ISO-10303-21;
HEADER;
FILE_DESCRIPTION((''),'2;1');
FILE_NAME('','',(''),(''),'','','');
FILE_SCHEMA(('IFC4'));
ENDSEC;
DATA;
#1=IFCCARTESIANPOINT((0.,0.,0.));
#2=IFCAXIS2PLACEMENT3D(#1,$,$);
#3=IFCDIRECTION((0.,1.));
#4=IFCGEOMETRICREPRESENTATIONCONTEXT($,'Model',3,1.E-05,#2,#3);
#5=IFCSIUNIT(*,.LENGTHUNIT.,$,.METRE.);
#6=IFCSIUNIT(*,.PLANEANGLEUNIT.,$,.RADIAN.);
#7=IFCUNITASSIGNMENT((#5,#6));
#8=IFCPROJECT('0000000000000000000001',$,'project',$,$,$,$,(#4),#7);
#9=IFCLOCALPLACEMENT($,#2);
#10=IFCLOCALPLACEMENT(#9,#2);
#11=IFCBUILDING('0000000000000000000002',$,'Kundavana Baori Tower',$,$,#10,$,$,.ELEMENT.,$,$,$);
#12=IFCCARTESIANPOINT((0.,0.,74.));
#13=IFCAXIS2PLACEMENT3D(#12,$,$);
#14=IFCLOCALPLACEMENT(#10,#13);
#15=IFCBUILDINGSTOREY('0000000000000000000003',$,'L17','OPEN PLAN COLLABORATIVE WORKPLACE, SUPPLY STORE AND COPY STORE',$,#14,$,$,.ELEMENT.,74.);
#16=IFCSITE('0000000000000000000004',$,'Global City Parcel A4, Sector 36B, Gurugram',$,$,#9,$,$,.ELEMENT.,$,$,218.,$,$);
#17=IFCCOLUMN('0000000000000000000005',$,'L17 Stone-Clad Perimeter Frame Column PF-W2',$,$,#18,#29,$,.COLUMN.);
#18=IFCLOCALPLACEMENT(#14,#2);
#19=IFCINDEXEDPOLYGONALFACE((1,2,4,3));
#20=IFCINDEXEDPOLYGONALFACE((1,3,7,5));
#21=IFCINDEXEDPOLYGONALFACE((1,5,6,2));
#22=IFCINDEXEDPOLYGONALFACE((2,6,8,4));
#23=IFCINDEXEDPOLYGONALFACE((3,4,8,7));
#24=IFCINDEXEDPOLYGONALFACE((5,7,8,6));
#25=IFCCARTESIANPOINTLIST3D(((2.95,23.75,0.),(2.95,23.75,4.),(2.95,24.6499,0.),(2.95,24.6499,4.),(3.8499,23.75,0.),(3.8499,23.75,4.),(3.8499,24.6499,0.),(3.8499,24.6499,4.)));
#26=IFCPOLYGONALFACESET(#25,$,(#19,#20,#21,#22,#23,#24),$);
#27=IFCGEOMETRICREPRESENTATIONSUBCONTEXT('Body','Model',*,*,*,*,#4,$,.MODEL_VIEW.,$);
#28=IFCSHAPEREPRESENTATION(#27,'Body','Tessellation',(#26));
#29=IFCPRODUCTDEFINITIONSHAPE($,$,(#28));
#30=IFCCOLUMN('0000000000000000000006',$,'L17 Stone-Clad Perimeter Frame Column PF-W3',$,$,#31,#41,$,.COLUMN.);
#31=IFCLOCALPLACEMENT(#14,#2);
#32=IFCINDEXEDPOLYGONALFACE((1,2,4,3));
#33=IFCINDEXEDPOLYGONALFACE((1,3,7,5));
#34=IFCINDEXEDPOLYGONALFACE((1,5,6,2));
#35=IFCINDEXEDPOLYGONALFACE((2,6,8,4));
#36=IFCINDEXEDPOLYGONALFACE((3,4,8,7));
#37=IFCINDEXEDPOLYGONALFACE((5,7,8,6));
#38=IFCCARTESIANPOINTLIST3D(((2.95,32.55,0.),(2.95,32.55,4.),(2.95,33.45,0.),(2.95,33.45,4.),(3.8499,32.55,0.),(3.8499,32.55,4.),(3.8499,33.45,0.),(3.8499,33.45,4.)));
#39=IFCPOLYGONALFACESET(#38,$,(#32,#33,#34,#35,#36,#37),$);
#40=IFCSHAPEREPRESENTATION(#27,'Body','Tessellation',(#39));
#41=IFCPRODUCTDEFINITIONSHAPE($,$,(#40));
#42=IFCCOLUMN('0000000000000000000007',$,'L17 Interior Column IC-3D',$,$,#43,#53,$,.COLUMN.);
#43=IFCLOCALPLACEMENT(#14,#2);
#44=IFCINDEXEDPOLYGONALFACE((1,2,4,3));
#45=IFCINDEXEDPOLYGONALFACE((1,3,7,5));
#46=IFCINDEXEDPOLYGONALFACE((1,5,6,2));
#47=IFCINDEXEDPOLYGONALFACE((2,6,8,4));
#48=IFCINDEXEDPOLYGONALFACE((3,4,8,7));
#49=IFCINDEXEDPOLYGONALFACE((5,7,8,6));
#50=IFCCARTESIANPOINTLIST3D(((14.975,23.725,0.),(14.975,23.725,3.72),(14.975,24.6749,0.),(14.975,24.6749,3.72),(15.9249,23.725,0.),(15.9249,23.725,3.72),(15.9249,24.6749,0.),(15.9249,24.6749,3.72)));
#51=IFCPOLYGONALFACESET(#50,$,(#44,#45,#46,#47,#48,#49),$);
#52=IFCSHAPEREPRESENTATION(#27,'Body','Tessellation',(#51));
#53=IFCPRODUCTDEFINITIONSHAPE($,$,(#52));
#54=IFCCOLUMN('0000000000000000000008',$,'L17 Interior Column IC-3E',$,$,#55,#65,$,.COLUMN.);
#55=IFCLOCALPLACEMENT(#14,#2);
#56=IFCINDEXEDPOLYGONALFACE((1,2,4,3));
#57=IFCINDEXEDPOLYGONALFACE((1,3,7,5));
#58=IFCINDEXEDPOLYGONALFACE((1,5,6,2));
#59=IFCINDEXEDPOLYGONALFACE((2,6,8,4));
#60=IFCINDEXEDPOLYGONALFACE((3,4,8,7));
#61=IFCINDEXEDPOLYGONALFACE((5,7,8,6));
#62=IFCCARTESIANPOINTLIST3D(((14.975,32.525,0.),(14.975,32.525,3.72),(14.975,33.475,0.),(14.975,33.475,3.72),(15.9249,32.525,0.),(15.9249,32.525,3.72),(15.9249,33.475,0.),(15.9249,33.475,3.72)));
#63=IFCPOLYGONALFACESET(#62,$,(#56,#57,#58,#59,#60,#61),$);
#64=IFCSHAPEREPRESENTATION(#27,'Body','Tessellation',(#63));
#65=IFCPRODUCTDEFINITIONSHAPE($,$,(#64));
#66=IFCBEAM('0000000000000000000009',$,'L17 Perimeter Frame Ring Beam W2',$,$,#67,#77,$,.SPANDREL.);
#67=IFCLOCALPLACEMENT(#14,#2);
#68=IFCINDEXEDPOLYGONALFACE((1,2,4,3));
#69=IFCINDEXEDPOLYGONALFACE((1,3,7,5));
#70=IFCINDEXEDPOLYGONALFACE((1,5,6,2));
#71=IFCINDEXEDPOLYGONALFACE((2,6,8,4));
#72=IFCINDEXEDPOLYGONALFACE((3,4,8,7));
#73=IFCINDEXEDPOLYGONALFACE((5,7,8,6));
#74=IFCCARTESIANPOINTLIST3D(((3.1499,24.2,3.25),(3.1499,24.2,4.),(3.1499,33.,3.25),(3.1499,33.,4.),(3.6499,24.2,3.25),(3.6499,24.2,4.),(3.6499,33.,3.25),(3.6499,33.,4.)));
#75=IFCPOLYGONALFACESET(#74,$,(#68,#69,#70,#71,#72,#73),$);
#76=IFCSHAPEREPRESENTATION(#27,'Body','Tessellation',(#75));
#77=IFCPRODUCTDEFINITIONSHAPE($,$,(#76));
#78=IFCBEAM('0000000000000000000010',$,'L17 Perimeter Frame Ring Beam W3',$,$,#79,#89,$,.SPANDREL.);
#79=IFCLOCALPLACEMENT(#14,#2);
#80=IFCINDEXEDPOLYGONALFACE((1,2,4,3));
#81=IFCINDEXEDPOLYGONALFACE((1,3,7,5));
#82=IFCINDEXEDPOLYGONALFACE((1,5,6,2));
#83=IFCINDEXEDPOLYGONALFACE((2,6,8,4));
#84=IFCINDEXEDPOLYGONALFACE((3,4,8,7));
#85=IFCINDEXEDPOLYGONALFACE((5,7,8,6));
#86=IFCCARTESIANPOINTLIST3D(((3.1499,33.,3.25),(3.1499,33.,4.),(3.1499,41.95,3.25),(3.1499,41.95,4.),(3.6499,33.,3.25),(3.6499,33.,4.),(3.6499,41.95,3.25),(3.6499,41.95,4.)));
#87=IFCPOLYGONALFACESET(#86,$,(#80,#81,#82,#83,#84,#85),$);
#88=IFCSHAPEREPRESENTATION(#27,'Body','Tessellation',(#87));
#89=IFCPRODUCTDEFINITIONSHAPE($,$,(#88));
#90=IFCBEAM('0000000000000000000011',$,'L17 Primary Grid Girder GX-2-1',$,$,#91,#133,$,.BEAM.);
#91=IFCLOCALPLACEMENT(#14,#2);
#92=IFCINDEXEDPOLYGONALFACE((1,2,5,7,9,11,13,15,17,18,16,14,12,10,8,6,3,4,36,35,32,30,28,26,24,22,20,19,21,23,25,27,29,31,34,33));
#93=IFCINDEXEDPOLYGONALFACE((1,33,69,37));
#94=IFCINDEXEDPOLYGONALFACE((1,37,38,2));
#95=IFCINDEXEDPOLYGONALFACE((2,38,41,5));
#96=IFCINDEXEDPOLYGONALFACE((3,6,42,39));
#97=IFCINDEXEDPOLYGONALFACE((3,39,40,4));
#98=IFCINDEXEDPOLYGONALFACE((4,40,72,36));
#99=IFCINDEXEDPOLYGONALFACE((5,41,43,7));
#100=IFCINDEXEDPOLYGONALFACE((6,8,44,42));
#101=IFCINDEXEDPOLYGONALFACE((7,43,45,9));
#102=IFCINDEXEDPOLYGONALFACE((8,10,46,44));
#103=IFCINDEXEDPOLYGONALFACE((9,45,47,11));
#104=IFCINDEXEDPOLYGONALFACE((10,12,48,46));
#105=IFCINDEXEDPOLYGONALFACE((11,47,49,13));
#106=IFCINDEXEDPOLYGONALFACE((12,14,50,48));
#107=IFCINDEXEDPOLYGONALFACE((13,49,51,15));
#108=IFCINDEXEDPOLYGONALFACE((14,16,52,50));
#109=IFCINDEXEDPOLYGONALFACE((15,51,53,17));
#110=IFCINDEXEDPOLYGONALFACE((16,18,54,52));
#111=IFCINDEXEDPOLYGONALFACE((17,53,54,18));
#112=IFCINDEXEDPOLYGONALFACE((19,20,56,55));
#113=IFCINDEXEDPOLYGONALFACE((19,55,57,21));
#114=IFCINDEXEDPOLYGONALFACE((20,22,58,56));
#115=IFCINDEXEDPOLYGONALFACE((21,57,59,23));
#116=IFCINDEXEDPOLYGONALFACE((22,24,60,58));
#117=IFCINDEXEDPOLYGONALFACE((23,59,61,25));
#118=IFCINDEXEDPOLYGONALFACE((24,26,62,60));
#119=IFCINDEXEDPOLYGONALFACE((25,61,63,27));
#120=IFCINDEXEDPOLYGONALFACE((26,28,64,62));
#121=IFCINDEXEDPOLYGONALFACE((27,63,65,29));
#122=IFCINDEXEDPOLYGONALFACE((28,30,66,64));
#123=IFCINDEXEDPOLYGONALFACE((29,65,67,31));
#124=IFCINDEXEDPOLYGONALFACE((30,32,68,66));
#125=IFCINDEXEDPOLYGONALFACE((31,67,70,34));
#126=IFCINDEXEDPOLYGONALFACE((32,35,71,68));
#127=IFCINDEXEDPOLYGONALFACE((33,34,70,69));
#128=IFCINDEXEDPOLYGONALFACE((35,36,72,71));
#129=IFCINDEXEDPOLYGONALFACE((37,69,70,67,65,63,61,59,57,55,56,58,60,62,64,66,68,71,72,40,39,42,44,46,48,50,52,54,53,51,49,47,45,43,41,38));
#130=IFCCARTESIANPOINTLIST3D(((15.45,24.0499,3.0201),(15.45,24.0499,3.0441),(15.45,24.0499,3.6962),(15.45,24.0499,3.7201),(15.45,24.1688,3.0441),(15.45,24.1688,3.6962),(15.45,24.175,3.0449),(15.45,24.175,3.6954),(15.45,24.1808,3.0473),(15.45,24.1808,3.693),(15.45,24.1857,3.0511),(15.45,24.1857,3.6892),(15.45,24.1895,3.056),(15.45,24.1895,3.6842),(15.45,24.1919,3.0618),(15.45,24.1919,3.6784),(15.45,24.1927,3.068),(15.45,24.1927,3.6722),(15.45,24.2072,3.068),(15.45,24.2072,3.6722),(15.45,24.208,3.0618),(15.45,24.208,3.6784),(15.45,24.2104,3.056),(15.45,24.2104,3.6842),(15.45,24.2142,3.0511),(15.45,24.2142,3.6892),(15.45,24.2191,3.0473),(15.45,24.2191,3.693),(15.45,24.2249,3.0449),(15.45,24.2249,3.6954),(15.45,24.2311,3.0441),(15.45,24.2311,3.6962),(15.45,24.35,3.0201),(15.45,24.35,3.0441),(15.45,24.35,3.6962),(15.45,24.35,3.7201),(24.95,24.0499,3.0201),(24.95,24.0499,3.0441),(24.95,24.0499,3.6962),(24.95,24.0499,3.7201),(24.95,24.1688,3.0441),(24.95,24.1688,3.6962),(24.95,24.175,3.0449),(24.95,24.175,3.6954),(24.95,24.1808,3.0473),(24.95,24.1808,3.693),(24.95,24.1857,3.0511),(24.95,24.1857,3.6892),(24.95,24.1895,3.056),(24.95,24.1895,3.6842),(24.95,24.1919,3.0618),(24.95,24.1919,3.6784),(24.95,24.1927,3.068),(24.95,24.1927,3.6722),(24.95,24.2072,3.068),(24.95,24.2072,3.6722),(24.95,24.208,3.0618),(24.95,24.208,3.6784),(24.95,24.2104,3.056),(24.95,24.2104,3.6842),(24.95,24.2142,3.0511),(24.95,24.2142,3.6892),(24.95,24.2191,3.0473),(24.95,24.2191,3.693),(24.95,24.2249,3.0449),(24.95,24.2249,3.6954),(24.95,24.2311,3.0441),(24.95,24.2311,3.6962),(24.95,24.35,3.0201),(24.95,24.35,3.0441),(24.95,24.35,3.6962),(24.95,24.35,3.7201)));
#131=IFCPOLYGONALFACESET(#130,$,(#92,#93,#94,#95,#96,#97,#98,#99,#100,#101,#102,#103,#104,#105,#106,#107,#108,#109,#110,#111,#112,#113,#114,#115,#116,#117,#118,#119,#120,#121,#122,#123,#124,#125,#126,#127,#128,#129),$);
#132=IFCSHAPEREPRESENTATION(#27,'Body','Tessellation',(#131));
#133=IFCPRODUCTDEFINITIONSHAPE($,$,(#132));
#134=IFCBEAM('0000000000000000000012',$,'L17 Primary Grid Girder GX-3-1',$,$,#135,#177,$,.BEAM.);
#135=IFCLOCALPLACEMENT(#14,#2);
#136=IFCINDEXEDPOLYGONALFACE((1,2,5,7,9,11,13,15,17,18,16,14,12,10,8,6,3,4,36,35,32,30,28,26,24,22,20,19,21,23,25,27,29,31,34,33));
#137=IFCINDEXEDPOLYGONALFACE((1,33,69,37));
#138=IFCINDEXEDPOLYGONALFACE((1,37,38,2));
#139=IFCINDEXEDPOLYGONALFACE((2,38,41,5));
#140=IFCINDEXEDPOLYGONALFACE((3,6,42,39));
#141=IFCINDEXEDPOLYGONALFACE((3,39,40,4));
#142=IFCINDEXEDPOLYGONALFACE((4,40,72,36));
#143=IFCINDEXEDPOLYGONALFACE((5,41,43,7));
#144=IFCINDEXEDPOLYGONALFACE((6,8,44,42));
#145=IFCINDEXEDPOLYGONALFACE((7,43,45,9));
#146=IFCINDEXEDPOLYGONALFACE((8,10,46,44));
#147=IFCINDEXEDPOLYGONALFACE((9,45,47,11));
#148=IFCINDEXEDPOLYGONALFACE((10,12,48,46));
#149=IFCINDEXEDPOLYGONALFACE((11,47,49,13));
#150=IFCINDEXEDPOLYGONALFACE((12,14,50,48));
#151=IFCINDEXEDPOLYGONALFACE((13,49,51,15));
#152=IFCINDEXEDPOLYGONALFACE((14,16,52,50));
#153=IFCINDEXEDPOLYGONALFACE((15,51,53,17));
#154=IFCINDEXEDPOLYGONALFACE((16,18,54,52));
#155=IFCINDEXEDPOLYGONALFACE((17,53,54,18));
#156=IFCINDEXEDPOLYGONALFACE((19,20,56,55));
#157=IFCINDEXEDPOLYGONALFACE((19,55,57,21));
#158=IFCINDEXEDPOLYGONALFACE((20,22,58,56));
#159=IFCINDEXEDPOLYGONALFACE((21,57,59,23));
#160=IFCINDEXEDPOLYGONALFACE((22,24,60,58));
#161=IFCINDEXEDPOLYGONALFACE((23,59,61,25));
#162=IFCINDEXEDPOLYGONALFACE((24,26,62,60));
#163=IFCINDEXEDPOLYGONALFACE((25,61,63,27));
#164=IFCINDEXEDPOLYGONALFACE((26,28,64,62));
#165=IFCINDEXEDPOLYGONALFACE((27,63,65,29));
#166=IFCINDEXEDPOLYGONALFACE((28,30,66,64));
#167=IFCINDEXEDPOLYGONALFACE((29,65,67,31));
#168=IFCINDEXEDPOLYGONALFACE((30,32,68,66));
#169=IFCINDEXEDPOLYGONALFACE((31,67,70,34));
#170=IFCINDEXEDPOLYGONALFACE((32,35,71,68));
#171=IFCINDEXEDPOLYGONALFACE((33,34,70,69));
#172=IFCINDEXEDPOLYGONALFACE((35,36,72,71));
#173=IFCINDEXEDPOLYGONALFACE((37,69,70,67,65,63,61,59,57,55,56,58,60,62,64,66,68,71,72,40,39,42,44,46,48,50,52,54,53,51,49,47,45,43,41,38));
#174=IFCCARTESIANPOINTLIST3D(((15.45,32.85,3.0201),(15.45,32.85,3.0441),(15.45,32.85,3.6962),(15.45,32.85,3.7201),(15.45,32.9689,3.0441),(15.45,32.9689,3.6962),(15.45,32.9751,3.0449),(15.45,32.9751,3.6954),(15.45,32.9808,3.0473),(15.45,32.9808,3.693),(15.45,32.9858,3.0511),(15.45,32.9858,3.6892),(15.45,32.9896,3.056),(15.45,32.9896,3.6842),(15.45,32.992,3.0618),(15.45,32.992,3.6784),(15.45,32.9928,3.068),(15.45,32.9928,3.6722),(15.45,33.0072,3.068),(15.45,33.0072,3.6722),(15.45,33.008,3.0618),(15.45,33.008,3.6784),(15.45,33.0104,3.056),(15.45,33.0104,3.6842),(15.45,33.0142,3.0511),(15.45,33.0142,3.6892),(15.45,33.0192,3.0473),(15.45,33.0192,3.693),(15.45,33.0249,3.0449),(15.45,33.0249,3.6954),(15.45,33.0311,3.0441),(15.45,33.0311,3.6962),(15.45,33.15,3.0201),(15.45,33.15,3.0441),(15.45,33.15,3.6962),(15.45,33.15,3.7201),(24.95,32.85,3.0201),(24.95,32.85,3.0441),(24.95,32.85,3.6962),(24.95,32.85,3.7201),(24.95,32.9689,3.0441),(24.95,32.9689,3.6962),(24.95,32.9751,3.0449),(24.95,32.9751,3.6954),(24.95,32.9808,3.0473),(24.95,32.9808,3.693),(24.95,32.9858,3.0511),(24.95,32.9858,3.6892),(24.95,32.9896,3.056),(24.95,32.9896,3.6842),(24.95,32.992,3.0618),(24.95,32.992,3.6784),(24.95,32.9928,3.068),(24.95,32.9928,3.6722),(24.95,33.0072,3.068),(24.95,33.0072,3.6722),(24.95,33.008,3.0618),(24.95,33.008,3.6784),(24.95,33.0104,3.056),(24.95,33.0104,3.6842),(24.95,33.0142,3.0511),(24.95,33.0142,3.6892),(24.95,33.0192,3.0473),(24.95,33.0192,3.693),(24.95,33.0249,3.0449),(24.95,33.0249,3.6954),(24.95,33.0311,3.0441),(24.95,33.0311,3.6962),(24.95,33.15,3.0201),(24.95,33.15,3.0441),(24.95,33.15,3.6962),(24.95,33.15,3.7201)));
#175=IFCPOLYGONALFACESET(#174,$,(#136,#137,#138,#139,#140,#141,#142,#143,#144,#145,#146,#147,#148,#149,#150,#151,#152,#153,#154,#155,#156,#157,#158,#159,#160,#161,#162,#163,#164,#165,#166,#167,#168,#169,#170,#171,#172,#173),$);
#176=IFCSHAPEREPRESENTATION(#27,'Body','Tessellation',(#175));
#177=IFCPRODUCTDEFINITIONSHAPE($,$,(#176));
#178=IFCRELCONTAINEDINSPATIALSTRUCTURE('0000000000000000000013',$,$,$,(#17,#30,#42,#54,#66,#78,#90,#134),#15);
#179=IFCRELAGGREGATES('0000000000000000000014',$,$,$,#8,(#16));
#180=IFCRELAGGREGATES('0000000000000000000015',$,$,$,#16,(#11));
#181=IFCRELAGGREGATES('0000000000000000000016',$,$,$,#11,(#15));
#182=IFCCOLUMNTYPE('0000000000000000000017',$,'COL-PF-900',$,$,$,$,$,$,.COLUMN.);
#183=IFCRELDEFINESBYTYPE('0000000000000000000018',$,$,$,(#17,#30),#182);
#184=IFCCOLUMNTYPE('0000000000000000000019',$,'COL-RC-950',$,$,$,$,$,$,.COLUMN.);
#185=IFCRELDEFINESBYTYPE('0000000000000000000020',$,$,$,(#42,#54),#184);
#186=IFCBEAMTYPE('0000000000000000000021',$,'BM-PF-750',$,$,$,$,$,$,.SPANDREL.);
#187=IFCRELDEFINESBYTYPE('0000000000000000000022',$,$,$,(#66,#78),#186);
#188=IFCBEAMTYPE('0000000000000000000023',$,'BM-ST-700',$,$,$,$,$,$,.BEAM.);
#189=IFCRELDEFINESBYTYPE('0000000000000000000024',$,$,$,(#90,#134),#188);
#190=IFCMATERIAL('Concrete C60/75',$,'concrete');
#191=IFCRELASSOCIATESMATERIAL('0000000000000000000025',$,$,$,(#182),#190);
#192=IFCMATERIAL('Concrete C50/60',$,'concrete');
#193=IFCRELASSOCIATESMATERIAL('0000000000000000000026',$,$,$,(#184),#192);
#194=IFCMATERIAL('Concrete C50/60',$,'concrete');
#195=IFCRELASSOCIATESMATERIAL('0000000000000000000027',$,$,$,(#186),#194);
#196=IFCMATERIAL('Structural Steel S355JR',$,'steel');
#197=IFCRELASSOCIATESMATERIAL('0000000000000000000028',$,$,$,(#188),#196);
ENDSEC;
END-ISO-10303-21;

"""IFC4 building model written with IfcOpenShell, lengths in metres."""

from ifc_helpers import new_model, si_unit, direction, frame, origin, origin_2d, place, context, subcontext, project, spatial, rectangle, i_section, extrude, material, material_profile, profile_set, type_object, element, save


model = new_model("IFC4")

# Units and contexts
model_context = context("Model", 3, precision=1e-05, world=origin(), true_north=direction((0.0, 1.0)))
body_context = subcontext(model_context, "Body", "Model", "MODEL_VIEW")
ifc_project = project(units=[si_unit("LENGTHUNIT", "METRE"), si_unit("PLANEANGLEUNIT", "RADIAN")], contexts=[model_context])

# Site, building, storey
site_placement = place(None, origin())
site = spatial("IfcSite", under=ifc_project, at=site_placement, Name="Global City Parcel A4, Sector 36B, Gurugram", CompositionType="ELEMENT", RefElevation=218.0)
building_placement = place(site_placement, origin())
building = spatial("IfcBuilding", under=site, at=building_placement, Name="Kundavana Baori Tower", CompositionType="ELEMENT")
storey_placement = place(building_placement, frame((0.0, 0.0, 74.0)))
storey = spatial("IfcBuildingStorey", under=building, at=storey_placement, Name="L17", Description="OPEN PLAN COLLABORATIVE WORKPLACE, SUPPLY STORE AND COPY STORE", CompositionType="ELEMENT", Elevation=74.0)

# Columns
ifc_material_1 = material(Name="Concrete C60/75", Category="concrete")
ifc_material_profile_1 = material_profile(ifc_material_1, rectangle(XDim=0.8999, YDim=0.8999, at=origin_2d()), Name="RC PF 900x900")
ifc_profile_set_1 = profile_set([ifc_material_profile_1], Name="Concrete C60/75")
column_type_1 = type_object("IfcColumnType", Name="COL-PF-900", PredefinedType="COLUMN", material=ifc_profile_set_1)
for number, where, z_axis, x_axis, name in (
    (1, (3.3999, 24.2, 0.0), (0.0, 0.0, 1.0), (1.0, 0.0, 0.0), "L17 Stone-Clad Perimeter Frame Column PF-W2"),
    (2, (3.3999, 33.0, 0.0), (0.0, 0.0, 1.0), (1.0, 0.0, 0.0), "L17 Stone-Clad Perimeter Frame Column PF-W3"),
):
    element("IfcColumn", number, at=place(storey_placement, frame(where, z_axis=z_axis, x_axis=x_axis)), inside=storey, type_object=column_type_1, Name=name, PredefinedType="COLUMN", context=body_context, shape_type="SweptSolid", body=[
        extrude(rectangle(XDim=0.8999, YDim=0.8999, at=origin_2d()), origin(), (0.0, 0.0, 1.0), 4.0),
    ])
ifc_material_2 = material(Name="Concrete C50/60", Category="concrete")
ifc_material_profile_2 = material_profile(ifc_material_2, rectangle(XDim=0.95, YDim=0.95, at=origin_2d()), Name="RC 950x950")
ifc_profile_set_2 = profile_set([ifc_material_profile_2], Name="Concrete C50/60")
column_type_2 = type_object("IfcColumnType", Name="COL-RC-950", PredefinedType="COLUMN", material=ifc_profile_set_2)
for number, where, z_axis, x_axis, name in (
    (3, (15.45, 24.2, 0.0), (0.0, 0.0, 1.0), (1.0, 0.0, 0.0), "L17 Interior Column IC-3D"),
    (4, (15.45, 33.0, 0.0), (0.0, 0.0, 1.0), (1.0, 0.0, 0.0), "L17 Interior Column IC-3E"),
):
    element("IfcColumn", number, at=place(storey_placement, frame(where, z_axis=z_axis, x_axis=x_axis)), inside=storey, type_object=column_type_2, Name=name, PredefinedType="COLUMN", context=body_context, shape_type="SweptSolid", body=[
        extrude(rectangle(XDim=0.95, YDim=0.95, at=origin_2d()), origin(), (0.0, 0.0, 1.0), 3.72),
    ])

# Beams
ifc_material_3 = material(Name="Concrete C50/60", Category="concrete")
ifc_material_profile_3 = material_profile(ifc_material_3, rectangle(XDim=0.5, YDim=0.75, at=origin_2d()), Name="RC BM 500x750")
ifc_profile_set_3 = profile_set([ifc_material_profile_3], Name="Concrete C50/60")
beam_type_1 = type_object("IfcBeamType", Name="BM-PF-750", PredefinedType="SPANDREL", material=ifc_profile_set_3)
beam_1_placement = place(storey_placement, frame((3.3999, 24.2, 3.625), z_axis=(0.0, 1.0, 0.0), x_axis=(-1.0, 0.0, 0.0)))
element("IfcBeam", 5, at=beam_1_placement, inside=storey, type_object=beam_type_1, Name="L17 Perimeter Frame Ring Beam W2", PredefinedType="SPANDREL", context=body_context, shape_type="SweptSolid", body=[
    extrude(rectangle(XDim=0.5, YDim=0.75, at=origin_2d()), origin(), (0.0, 0.0, 1.0), 8.8),
])
beam_2_placement = place(storey_placement, frame((3.3999, 33.0, 3.625), z_axis=(0.0, 1.0, 0.0), x_axis=(-1.0, 0.0, 0.0)))
element("IfcBeam", 6, at=beam_2_placement, inside=storey, type_object=beam_type_1, Name="L17 Perimeter Frame Ring Beam W3", PredefinedType="SPANDREL", context=body_context, shape_type="SweptSolid", body=[
    extrude(rectangle(XDim=0.5, YDim=0.75, at=origin_2d()), origin(), (0.0, 0.0, 1.0), 8.95),
])
ifc_material_4 = material(Name="Structural Steel S355JR", Category="steel")
ifc_material_profile_4 = material_profile(ifc_material_4, i_section(OverallWidth=0.3, OverallDepth=0.7, WebThickness=0.0144, FlangeThickness=0.0239, FilletRadius=0.0239, at=origin_2d()), Name="NPB 700x300x170")
ifc_profile_set_4 = profile_set([ifc_material_profile_4], Name="Structural Steel S355JR")
beam_type_2 = type_object("IfcBeamType", Name="BM-ST-700", PredefinedType="BEAM", material=ifc_profile_set_4)
for number, where, z_axis, x_axis, name in (
    (7, (15.45, 24.2, 3.3701), (1.0, 0.0, 0.0), (0.0, 1.0, 0.0), "L17 Primary Grid Girder GX-2-1"),
    (8, (15.45, 33.0, 3.3701), (1.0, 0.0, 0.0), (0.0, 1.0, 0.0), "L17 Primary Grid Girder GX-3-1"),
):
    element("IfcBeam", number, at=place(storey_placement, frame(where, z_axis=z_axis, x_axis=x_axis)), inside=storey, type_object=beam_type_2, Name=name, PredefinedType="BEAM", context=body_context, shape_type="SweptSolid", body=[
        extrude(i_section(OverallWidth=0.3, OverallDepth=0.7, WebThickness=0.0144, FlangeThickness=0.0239, FilletRadius=0.0239, at=origin_2d()), origin(), (0.0, 0.0, 1.0), 9.5),
    ])

save(model, "model.ifc")
